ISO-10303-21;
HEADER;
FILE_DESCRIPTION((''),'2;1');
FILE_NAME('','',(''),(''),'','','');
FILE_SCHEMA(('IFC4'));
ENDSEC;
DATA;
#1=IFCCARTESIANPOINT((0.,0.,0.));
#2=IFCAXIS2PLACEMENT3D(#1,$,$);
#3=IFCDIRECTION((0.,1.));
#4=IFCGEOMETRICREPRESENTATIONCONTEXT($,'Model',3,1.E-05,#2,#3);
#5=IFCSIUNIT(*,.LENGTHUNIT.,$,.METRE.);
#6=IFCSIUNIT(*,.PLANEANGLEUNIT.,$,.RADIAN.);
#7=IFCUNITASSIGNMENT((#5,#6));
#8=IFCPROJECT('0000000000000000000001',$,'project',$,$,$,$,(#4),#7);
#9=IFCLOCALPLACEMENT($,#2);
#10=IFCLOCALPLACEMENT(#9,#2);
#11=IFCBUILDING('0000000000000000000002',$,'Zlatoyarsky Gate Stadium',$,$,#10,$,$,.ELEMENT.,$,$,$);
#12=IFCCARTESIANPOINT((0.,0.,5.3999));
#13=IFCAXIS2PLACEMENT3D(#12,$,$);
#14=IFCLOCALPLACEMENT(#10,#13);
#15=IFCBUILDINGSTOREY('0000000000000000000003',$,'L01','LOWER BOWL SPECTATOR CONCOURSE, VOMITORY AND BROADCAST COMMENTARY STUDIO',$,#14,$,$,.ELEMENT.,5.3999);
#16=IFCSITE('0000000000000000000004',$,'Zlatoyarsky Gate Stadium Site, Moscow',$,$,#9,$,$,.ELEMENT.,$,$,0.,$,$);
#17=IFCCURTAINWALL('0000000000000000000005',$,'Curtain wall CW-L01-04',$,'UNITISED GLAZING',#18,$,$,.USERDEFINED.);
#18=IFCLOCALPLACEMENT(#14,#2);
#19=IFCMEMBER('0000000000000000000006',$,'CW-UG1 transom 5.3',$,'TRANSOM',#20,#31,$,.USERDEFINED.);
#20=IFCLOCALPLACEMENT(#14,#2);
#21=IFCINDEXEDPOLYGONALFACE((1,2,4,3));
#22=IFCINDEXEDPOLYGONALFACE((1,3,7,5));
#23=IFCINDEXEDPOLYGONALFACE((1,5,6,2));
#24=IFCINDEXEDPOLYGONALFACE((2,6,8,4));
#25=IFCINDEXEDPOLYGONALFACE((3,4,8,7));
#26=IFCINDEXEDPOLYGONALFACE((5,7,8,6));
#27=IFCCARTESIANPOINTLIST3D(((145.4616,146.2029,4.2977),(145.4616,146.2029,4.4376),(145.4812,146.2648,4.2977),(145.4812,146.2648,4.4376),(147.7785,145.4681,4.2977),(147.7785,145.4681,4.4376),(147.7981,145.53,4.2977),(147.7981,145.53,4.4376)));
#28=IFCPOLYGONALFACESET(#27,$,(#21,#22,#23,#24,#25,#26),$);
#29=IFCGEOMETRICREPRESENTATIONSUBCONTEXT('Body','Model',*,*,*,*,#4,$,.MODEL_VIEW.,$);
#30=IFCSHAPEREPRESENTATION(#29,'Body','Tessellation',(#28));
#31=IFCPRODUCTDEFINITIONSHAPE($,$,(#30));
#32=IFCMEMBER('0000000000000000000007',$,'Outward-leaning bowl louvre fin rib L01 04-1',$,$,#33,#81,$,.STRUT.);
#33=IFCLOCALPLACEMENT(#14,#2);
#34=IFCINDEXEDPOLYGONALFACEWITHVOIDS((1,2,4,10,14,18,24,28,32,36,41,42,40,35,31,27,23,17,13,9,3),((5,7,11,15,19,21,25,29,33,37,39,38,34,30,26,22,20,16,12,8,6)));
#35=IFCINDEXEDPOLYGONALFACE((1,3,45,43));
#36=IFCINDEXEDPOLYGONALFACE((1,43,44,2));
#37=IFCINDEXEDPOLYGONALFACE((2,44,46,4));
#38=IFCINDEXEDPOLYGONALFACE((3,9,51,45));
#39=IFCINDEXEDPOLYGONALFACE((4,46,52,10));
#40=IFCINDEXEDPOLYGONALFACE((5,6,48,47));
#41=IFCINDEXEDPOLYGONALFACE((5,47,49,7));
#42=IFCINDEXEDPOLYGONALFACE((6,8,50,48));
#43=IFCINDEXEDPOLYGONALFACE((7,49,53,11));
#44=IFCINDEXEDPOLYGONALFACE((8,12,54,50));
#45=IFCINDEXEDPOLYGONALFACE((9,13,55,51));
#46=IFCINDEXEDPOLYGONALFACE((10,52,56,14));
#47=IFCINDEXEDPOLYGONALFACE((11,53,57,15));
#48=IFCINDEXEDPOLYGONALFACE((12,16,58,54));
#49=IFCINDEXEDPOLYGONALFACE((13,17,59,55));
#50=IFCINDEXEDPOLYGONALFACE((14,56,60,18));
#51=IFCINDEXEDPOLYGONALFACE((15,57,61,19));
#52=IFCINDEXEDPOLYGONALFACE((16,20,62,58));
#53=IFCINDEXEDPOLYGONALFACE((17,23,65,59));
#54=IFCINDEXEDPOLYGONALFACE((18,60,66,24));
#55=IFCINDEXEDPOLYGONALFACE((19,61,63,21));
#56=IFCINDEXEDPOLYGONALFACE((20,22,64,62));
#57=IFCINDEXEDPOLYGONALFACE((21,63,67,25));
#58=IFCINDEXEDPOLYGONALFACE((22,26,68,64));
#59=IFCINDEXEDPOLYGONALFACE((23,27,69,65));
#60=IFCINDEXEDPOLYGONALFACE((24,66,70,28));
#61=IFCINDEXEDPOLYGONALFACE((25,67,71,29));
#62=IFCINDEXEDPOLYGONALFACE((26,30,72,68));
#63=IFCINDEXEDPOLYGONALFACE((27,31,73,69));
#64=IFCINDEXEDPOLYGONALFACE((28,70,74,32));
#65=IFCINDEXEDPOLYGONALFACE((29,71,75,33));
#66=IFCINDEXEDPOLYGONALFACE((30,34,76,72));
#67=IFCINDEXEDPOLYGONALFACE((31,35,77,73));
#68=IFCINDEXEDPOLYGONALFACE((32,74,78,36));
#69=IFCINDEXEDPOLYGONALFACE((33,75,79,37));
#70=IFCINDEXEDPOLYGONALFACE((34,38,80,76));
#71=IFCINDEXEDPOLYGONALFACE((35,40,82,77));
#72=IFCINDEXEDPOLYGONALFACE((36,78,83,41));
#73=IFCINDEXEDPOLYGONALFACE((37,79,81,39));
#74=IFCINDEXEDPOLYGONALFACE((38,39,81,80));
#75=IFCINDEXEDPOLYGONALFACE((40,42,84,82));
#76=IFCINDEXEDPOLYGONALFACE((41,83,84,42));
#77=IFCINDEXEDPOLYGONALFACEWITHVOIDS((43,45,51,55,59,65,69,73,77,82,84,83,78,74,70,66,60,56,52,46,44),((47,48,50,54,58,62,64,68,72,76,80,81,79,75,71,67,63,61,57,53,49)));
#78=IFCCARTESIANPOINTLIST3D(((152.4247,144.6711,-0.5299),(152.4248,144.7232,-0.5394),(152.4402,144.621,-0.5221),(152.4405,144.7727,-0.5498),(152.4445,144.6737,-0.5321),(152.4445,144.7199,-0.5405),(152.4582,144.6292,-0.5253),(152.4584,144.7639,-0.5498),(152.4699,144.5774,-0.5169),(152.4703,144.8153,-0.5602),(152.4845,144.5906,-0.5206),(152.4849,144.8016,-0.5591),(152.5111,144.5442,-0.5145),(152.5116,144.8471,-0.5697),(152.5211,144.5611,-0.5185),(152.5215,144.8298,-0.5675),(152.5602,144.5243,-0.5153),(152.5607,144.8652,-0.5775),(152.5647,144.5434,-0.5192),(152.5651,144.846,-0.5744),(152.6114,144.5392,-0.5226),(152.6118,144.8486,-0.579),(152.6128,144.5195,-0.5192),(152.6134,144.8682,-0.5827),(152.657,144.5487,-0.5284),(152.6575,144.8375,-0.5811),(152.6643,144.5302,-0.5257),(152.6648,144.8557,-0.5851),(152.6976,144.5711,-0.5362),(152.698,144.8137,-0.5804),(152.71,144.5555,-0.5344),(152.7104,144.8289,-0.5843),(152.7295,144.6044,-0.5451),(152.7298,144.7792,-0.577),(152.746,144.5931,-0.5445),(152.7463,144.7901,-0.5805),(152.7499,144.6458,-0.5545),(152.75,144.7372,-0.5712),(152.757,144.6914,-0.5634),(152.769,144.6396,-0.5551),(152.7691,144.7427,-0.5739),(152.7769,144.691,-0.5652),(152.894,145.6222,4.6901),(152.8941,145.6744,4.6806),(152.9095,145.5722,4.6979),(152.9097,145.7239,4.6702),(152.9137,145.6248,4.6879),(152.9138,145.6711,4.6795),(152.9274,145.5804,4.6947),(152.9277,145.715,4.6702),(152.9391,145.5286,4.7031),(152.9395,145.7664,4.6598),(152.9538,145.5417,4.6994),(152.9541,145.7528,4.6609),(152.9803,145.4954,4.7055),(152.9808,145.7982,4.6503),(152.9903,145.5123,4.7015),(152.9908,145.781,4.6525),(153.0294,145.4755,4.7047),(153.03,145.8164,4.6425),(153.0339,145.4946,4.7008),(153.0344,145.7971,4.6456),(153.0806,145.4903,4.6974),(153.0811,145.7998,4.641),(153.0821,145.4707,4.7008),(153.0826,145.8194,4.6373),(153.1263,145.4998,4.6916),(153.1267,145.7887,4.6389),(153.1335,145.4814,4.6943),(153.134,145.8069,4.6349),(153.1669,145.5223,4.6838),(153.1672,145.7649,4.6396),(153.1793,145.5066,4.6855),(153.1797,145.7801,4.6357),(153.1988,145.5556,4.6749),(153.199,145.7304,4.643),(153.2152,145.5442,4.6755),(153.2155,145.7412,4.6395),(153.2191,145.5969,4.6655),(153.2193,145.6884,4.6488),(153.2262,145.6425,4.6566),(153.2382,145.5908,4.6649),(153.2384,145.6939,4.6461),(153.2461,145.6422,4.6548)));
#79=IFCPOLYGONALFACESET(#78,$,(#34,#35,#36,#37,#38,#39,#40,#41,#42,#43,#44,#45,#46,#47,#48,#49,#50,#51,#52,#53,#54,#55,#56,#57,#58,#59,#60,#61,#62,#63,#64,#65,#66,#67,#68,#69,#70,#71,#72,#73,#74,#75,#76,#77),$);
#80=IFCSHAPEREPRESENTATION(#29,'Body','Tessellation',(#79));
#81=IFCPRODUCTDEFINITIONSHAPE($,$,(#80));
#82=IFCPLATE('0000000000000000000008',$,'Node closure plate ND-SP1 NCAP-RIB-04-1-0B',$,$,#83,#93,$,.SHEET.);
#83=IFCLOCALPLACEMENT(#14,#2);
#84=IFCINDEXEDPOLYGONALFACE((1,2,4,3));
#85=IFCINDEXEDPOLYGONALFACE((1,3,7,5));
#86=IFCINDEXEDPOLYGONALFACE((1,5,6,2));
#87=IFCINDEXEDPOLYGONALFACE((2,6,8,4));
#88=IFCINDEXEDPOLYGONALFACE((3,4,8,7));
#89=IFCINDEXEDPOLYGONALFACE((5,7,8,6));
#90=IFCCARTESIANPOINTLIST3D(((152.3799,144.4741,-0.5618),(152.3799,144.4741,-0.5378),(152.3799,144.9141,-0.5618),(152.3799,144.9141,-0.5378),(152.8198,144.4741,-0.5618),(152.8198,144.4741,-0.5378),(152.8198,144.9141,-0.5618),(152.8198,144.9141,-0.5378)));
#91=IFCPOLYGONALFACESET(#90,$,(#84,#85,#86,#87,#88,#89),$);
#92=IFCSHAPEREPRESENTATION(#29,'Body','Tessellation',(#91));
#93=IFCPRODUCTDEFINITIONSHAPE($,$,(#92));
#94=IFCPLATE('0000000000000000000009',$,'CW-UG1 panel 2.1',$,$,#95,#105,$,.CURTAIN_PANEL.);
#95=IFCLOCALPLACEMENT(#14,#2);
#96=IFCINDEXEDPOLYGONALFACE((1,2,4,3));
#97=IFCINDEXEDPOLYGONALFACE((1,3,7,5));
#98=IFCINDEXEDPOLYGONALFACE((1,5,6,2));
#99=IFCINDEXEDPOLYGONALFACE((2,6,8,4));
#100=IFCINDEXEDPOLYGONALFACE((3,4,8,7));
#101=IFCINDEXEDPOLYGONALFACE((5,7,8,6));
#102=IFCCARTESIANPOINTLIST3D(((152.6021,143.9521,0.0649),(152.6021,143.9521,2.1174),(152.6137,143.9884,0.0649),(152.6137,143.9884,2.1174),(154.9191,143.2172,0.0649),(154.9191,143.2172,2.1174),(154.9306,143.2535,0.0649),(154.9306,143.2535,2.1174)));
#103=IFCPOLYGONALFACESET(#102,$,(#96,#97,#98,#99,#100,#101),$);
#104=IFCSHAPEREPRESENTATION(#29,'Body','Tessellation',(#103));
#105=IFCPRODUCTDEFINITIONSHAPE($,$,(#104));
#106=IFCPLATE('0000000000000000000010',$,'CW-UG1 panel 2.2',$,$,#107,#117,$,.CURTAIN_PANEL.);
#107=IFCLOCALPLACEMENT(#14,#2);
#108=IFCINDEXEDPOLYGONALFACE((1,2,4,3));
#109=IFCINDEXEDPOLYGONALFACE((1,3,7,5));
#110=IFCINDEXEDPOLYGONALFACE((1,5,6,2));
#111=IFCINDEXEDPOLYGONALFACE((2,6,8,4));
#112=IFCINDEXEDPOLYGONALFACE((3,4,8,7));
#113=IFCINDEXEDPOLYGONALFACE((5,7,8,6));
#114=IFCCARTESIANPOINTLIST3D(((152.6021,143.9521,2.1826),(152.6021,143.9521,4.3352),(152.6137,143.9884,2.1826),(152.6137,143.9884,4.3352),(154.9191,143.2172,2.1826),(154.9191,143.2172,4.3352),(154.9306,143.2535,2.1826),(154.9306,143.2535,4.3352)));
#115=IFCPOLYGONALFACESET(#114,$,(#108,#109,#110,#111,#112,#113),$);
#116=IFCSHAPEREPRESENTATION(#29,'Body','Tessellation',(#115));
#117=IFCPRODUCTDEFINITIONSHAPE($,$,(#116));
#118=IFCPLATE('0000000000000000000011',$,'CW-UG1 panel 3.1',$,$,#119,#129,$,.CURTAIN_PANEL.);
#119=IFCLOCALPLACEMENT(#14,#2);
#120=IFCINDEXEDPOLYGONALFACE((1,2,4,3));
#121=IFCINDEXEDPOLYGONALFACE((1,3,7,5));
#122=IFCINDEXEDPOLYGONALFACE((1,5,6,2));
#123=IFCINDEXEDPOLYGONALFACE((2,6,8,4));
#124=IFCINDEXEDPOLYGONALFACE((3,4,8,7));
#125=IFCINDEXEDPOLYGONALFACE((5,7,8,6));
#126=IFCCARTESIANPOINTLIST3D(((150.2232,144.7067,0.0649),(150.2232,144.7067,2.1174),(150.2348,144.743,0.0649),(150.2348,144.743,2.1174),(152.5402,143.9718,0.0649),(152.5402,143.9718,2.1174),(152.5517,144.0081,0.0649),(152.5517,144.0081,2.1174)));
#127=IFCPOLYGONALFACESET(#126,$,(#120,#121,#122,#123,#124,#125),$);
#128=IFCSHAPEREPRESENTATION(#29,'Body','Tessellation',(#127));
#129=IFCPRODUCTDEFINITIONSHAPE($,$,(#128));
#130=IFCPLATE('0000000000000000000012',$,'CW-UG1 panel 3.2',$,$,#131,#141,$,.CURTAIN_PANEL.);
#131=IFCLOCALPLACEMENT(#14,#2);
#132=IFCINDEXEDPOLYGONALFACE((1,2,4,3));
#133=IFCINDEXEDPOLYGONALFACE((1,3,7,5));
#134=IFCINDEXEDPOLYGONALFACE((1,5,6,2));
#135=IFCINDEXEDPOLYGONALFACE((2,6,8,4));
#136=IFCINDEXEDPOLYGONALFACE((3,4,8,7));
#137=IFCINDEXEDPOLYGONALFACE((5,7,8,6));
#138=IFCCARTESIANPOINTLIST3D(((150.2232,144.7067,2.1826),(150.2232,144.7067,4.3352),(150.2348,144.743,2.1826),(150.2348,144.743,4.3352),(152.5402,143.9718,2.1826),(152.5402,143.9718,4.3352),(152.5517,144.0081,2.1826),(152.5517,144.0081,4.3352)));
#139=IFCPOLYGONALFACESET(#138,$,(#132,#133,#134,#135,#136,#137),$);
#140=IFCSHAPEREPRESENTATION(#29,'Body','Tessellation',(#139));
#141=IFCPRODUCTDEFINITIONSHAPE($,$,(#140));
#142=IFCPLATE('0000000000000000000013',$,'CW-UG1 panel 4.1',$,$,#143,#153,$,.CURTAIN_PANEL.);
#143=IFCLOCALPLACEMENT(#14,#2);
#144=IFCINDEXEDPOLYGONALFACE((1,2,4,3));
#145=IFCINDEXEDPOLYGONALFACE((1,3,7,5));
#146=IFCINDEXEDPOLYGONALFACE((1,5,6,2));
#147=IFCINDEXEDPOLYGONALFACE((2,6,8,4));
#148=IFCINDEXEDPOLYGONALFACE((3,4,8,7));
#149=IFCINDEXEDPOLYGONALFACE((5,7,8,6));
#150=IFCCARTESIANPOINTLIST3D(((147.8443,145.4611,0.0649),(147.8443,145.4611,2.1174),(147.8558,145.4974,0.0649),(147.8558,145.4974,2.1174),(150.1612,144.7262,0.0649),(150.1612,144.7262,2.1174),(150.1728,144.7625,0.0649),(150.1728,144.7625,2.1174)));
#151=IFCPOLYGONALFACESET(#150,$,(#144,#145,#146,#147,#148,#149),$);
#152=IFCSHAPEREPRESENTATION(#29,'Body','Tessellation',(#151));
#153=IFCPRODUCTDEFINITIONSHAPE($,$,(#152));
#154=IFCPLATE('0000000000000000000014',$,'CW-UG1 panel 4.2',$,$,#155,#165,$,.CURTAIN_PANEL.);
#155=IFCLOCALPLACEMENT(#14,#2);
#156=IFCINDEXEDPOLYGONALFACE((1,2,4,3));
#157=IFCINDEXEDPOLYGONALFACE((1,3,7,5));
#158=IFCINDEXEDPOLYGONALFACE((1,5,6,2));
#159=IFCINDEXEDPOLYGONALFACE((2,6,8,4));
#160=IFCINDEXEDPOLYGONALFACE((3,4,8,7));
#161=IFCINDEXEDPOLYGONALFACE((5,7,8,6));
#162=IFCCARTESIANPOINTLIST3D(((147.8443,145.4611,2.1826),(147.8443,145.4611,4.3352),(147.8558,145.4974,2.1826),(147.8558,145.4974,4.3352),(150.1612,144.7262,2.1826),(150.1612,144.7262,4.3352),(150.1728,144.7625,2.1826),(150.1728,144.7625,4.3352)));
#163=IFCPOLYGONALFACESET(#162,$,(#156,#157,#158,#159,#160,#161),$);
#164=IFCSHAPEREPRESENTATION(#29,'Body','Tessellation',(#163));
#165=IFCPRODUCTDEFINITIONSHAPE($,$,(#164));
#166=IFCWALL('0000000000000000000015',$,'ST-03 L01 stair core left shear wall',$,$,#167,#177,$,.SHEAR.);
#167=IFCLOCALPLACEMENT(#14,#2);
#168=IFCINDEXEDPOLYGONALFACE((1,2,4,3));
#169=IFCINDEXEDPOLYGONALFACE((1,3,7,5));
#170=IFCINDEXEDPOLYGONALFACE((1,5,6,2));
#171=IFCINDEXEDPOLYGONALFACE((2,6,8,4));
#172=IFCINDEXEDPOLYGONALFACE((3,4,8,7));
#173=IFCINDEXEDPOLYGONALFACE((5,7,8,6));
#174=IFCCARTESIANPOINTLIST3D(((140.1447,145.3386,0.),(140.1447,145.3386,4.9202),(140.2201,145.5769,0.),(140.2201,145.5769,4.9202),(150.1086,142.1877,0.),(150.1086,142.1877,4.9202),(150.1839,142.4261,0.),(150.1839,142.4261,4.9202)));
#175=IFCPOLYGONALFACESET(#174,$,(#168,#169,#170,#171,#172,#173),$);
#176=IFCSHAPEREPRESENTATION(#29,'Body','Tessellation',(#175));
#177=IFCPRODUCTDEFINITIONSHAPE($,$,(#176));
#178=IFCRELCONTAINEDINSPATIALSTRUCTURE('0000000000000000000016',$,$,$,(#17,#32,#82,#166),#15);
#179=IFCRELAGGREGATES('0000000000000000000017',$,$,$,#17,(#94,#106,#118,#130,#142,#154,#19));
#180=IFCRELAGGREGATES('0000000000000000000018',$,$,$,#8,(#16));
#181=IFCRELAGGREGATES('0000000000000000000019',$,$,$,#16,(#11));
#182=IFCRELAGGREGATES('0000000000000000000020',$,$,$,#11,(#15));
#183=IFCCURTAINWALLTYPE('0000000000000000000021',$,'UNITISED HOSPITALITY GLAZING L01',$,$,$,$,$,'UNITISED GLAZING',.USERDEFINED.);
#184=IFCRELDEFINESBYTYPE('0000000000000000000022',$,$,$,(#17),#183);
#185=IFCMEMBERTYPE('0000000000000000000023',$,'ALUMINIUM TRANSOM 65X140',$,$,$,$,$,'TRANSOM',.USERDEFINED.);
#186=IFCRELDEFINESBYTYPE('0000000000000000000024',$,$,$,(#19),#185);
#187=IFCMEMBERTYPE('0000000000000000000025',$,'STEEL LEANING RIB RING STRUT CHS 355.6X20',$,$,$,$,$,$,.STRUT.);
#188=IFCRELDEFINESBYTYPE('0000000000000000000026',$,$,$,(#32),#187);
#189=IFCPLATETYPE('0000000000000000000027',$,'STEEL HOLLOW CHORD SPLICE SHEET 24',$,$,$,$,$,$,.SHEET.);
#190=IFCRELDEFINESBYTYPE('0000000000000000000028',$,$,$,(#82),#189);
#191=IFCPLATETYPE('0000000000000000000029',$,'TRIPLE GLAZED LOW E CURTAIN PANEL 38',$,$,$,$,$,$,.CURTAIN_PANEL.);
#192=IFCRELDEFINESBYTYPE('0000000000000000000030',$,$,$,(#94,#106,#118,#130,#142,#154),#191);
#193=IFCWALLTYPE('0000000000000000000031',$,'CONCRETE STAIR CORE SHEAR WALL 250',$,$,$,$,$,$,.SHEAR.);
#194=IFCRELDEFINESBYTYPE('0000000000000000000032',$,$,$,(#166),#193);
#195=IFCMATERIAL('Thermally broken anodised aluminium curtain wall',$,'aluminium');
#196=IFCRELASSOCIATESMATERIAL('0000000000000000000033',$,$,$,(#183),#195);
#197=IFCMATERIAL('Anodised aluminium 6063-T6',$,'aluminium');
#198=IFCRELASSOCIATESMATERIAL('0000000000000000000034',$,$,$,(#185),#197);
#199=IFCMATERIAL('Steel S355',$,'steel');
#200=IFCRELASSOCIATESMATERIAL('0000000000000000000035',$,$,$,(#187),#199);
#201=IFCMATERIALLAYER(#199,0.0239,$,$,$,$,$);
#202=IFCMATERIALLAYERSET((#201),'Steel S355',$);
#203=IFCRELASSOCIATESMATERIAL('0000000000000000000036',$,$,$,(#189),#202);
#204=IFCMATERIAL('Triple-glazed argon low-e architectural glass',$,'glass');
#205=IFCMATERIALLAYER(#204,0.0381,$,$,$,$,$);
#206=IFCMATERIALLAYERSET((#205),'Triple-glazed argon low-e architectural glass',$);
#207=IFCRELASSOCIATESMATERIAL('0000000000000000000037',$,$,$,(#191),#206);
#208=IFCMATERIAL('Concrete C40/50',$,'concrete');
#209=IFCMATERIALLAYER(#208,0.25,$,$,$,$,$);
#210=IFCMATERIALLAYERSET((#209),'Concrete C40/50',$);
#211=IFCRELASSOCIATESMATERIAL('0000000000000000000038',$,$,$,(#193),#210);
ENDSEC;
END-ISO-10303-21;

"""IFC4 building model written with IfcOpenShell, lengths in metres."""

from ifc_helpers import new_model, si_unit, direction, frame, frame_2d, origin, origin_2d, place, context, subcontext, project, spatial, rectangle, hollow_circle, extrude, material, layer, layer_set, material_profile, profile_set, type_object, element, aggregate, save


model = new_model("IFC4")

# Units and contexts
model_context = context("Model", 3, precision=1e-05, world=origin(), true_north=direction((0.0, 1.0)))
body_context = subcontext(model_context, "Body", "Model", "MODEL_VIEW")
ifc_project = project(units=[si_unit("LENGTHUNIT", "METRE"), si_unit("PLANEANGLEUNIT", "RADIAN")], contexts=[model_context])

# Site, building, storey
site_placement = place(None, origin())
site = spatial("IfcSite", under=ifc_project, at=site_placement, Name="Zlatoyarsky Gate Stadium Site, Moscow", CompositionType="ELEMENT", RefElevation=0.0)
building_placement = place(site_placement, origin())
building = spatial("IfcBuilding", under=site, at=building_placement, Name="Zlatoyarsky Gate Stadium", CompositionType="ELEMENT")
storey_placement = place(building_placement, frame((0.0, 0.0, 5.3999)))
storey = spatial("IfcBuildingStorey", under=building, at=storey_placement, Name="L01", Description="LOWER BOWL SPECTATOR CONCOURSE, VOMITORY AND BROADCAST COMMENTARY STUDIO", CompositionType="ELEMENT", Elevation=5.3999)

# Curtain wall, member
ifc_material_1 = material(Name="Thermally broken anodised aluminium curtain wall", Category="aluminium")
curtain_wall_type = type_object("IfcCurtainWallType", Name="UNITISED HOSPITALITY GLAZING L01", ElementType="UNITISED GLAZING", PredefinedType="USERDEFINED", material=ifc_material_1)
curtain_wall_placement = place(storey_placement, origin())
curtain_wall = element("IfcCurtainWall", 1, at=curtain_wall_placement, inside=storey, type_object=curtain_wall_type, Name="Curtain wall CW-L01-04", ObjectType="UNITISED GLAZING", PredefinedType="USERDEFINED")
ifc_material_2 = material(Name="Anodised aluminium 6063-T6", Category="aluminium")
ifc_material_profile_1 = material_profile(ifc_material_2, rectangle(XDim=0.0649, YDim=0.1399, at=origin_2d()), Name="ALU 65X140")
ifc_profile_set_1 = profile_set([ifc_material_profile_1], Name="Anodised aluminium 6063-T6")
member_type_1 = type_object("IfcMemberType", Name="ALUMINIUM TRANSOM 65X140", ElementType="TRANSOM", PredefinedType="USERDEFINED", material=ifc_profile_set_1)
member_1_placement = place(storey_placement, frame((147.7883, 145.499, 4.3677), z_axis=(-0.953202, 0.302333, 0.0), x_axis=(-0.302333, -0.953202, 0.0)))
member_1 = element("IfcMember", 2, at=member_1_placement, type_object=member_type_1, Name="CW-UG1 transom 5.3", ObjectType="TRANSOM", PredefinedType="USERDEFINED", context=body_context, shape_type="SweptSolid", body=[
    extrude(rectangle(XDim=0.0649, YDim=0.1399, at=origin_2d()), origin(), (0.0, 0.0, 1.0), 2.4307),
])

# Member
ifc_material_3 = material(Name="Steel S355", Category="steel")
ifc_material_profile_2 = material_profile(ifc_material_3, hollow_circle(Radius=0.1777, WallThickness=0.02, at=origin_2d()), Name="CHS 355.6X20")
ifc_profile_set_2 = profile_set([ifc_material_profile_2], Name="Steel S355")
member_type_2 = type_object("IfcMemberType", Name="STEEL LEANING RIB RING STRUT CHS 355.6X20", PredefinedType="STRUT", material=ifc_profile_set_2)
member_2_placement = place(storey_placement, frame((152.5999, 144.6941, -0.5498), z_axis=(0.088093, 0.178569, 0.979976), x_axis=(-0.896808, 0.442419, 0.0)))
element("IfcMember", 3, at=member_2_placement, inside=storey, type_object=member_type_2, Name="Outward-leaning bowl louvre fin rib L01 04-1", PredefinedType="STRUT", context=body_context, shape_type="SweptSolid", body=[
    extrude(hollow_circle(Radius=0.1777, WallThickness=0.02, at=origin_2d()), origin(), (0.0, 0.0, 1.0), 5.3267),
])

# Plates
ifc_layer_1 = layer(ifc_material_3, 0.0239)
ifc_layer_set_1 = layer_set([ifc_layer_1], Name="Steel S355")
plate_type_1 = type_object("IfcPlateType", Name="STEEL HOLLOW CHORD SPLICE SHEET 24", PredefinedType="SHEET", material=ifc_layer_set_1)
plate_1_placement = place(storey_placement, frame((152.5999, 144.6941, -0.5618), z_axis=(0.0, 0.0, 1.0), x_axis=(1.0, 0.0, 0.0)))
element("IfcPlate", 4, at=plate_1_placement, inside=storey, type_object=plate_type_1, Name="Node closure plate ND-SP1 NCAP-RIB-04-1-0B", PredefinedType="SHEET", context=body_context, shape_type="SweptSolid", body=[
    extrude(rectangle(XDim=0.4399, YDim=0.4399, at=origin_2d()), origin(), (0.0, 0.0, 1.0), 0.0239),
])
ifc_material_4 = material(Name="Triple-glazed argon low-e architectural glass", Category="glass")
ifc_layer_2 = layer(ifc_material_4, 0.0381)
ifc_layer_set_2 = layer_set([ifc_layer_2], Name="Triple-glazed argon low-e architectural glass")
plate_type_2 = type_object("IfcPlateType", Name="TRIPLE GLAZED LOW E CURTAIN PANEL 38", PredefinedType="CURTAIN_PANEL", material=ifc_layer_set_2)
plate_2_placement = place(storey_placement, frame((153.7664, 143.6028, 0.0649), z_axis=(0.0, 0.0, 1.0), x_axis=(-0.953202, 0.302334, 0.0)))
plate_2 = element("IfcPlate", 5, at=plate_2_placement, type_object=plate_type_2, Name="CW-UG1 panel 2.1", PredefinedType="CURTAIN_PANEL", context=body_context, shape_type="SweptSolid", body=[
    extrude(rectangle(XDim=2.4307, YDim=0.0381, at=origin_2d()), origin(), (0.0, 0.0, 1.0), 2.0525),
])
plate_3_placement = place(storey_placement, frame((153.7664, 143.6028, 2.1826), z_axis=(0.0, 0.0, 1.0), x_axis=(-0.953202, 0.302334, 0.0)))
plate_3 = element("IfcPlate", 6, at=plate_3_placement, type_object=plate_type_2, Name="CW-UG1 panel 2.2", PredefinedType="CURTAIN_PANEL", context=body_context, shape_type="SweptSolid", body=[
    extrude(rectangle(XDim=2.4307, YDim=0.0381, at=origin_2d()), origin(), (0.0, 0.0, 1.0), 2.1526),
])
plate_4_placement = place(storey_placement, frame((151.3875, 144.3574, 0.0649), z_axis=(0.0, 0.0, 1.0), x_axis=(-0.953202, 0.302334, 0.0)))
plate_4 = element("IfcPlate", 7, at=plate_4_placement, type_object=plate_type_2, Name="CW-UG1 panel 3.1", PredefinedType="CURTAIN_PANEL", context=body_context, shape_type="SweptSolid", body=[
    extrude(rectangle(XDim=2.4307, YDim=0.0381, at=origin_2d()), origin(), (0.0, 0.0, 1.0), 2.0525),
])
plate_5_placement = place(storey_placement, frame((151.3875, 144.3574, 2.1826), z_axis=(0.0, 0.0, 1.0), x_axis=(-0.953202, 0.302334, 0.0)))
plate_5 = element("IfcPlate", 8, at=plate_5_placement, type_object=plate_type_2, Name="CW-UG1 panel 3.2", PredefinedType="CURTAIN_PANEL", context=body_context, shape_type="SweptSolid", body=[
    extrude(rectangle(XDim=2.4307, YDim=0.0381, at=origin_2d()), origin(), (0.0, 0.0, 1.0), 2.1526),
])
plate_6_placement = place(storey_placement, frame((149.0085, 145.1118, 0.0649), z_axis=(0.0, 0.0, 1.0), x_axis=(-0.953202, 0.302334, 0.0)))
plate_6 = element("IfcPlate", 9, at=plate_6_placement, type_object=plate_type_2, Name="CW-UG1 panel 4.1", PredefinedType="CURTAIN_PANEL", context=body_context, shape_type="SweptSolid", body=[
    extrude(rectangle(XDim=2.4307, YDim=0.0381, at=origin_2d()), origin(), (0.0, 0.0, 1.0), 2.0525),
])
plate_7_placement = place(storey_placement, frame((149.0085, 145.1118, 2.1826), z_axis=(0.0, 0.0, 1.0), x_axis=(-0.953202, 0.302334, 0.0)))
plate_7 = element("IfcPlate", 10, at=plate_7_placement, type_object=plate_type_2, Name="CW-UG1 panel 4.2", PredefinedType="CURTAIN_PANEL", context=body_context, shape_type="SweptSolid", body=[
    extrude(rectangle(XDim=2.4307, YDim=0.0381, at=origin_2d()), origin(), (0.0, 0.0, 1.0), 2.1526),
])
aggregate(curtain_wall, [plate_2, plate_3, plate_4, plate_5, plate_6, plate_7, member_1])

# Wall
ifc_material_5 = material(Name="Concrete C40/50", Category="concrete")
ifc_layer_3 = layer(ifc_material_5, 0.25)
ifc_layer_set_3 = layer_set([ifc_layer_3], Name="Concrete C40/50")
wall_type = type_object("IfcWallType", Name="CONCRETE STAIR CORE SHEAR WALL 250", PredefinedType="SHEAR", material=ifc_layer_set_3)
wall_placement = place(storey_placement, frame((150.1462, 142.3069, 0.0), z_axis=(0.0, 0.0, 1.0), x_axis=(-0.953462, 0.301514, 0.0)))
element("IfcWall", 11, at=wall_placement, inside=storey, type_object=wall_type, Name="ST-03 L01 stair core left shear wall", PredefinedType="SHEAR", context=body_context, shape_type="SweptSolid", body=[
    extrude(rectangle(XDim=10.4502, YDim=0.25, at=frame_2d((5.2251, 0.0))), origin(), (0.0, 0.0, 1.0), 4.9202),
])

save(model, "model.ifc")
